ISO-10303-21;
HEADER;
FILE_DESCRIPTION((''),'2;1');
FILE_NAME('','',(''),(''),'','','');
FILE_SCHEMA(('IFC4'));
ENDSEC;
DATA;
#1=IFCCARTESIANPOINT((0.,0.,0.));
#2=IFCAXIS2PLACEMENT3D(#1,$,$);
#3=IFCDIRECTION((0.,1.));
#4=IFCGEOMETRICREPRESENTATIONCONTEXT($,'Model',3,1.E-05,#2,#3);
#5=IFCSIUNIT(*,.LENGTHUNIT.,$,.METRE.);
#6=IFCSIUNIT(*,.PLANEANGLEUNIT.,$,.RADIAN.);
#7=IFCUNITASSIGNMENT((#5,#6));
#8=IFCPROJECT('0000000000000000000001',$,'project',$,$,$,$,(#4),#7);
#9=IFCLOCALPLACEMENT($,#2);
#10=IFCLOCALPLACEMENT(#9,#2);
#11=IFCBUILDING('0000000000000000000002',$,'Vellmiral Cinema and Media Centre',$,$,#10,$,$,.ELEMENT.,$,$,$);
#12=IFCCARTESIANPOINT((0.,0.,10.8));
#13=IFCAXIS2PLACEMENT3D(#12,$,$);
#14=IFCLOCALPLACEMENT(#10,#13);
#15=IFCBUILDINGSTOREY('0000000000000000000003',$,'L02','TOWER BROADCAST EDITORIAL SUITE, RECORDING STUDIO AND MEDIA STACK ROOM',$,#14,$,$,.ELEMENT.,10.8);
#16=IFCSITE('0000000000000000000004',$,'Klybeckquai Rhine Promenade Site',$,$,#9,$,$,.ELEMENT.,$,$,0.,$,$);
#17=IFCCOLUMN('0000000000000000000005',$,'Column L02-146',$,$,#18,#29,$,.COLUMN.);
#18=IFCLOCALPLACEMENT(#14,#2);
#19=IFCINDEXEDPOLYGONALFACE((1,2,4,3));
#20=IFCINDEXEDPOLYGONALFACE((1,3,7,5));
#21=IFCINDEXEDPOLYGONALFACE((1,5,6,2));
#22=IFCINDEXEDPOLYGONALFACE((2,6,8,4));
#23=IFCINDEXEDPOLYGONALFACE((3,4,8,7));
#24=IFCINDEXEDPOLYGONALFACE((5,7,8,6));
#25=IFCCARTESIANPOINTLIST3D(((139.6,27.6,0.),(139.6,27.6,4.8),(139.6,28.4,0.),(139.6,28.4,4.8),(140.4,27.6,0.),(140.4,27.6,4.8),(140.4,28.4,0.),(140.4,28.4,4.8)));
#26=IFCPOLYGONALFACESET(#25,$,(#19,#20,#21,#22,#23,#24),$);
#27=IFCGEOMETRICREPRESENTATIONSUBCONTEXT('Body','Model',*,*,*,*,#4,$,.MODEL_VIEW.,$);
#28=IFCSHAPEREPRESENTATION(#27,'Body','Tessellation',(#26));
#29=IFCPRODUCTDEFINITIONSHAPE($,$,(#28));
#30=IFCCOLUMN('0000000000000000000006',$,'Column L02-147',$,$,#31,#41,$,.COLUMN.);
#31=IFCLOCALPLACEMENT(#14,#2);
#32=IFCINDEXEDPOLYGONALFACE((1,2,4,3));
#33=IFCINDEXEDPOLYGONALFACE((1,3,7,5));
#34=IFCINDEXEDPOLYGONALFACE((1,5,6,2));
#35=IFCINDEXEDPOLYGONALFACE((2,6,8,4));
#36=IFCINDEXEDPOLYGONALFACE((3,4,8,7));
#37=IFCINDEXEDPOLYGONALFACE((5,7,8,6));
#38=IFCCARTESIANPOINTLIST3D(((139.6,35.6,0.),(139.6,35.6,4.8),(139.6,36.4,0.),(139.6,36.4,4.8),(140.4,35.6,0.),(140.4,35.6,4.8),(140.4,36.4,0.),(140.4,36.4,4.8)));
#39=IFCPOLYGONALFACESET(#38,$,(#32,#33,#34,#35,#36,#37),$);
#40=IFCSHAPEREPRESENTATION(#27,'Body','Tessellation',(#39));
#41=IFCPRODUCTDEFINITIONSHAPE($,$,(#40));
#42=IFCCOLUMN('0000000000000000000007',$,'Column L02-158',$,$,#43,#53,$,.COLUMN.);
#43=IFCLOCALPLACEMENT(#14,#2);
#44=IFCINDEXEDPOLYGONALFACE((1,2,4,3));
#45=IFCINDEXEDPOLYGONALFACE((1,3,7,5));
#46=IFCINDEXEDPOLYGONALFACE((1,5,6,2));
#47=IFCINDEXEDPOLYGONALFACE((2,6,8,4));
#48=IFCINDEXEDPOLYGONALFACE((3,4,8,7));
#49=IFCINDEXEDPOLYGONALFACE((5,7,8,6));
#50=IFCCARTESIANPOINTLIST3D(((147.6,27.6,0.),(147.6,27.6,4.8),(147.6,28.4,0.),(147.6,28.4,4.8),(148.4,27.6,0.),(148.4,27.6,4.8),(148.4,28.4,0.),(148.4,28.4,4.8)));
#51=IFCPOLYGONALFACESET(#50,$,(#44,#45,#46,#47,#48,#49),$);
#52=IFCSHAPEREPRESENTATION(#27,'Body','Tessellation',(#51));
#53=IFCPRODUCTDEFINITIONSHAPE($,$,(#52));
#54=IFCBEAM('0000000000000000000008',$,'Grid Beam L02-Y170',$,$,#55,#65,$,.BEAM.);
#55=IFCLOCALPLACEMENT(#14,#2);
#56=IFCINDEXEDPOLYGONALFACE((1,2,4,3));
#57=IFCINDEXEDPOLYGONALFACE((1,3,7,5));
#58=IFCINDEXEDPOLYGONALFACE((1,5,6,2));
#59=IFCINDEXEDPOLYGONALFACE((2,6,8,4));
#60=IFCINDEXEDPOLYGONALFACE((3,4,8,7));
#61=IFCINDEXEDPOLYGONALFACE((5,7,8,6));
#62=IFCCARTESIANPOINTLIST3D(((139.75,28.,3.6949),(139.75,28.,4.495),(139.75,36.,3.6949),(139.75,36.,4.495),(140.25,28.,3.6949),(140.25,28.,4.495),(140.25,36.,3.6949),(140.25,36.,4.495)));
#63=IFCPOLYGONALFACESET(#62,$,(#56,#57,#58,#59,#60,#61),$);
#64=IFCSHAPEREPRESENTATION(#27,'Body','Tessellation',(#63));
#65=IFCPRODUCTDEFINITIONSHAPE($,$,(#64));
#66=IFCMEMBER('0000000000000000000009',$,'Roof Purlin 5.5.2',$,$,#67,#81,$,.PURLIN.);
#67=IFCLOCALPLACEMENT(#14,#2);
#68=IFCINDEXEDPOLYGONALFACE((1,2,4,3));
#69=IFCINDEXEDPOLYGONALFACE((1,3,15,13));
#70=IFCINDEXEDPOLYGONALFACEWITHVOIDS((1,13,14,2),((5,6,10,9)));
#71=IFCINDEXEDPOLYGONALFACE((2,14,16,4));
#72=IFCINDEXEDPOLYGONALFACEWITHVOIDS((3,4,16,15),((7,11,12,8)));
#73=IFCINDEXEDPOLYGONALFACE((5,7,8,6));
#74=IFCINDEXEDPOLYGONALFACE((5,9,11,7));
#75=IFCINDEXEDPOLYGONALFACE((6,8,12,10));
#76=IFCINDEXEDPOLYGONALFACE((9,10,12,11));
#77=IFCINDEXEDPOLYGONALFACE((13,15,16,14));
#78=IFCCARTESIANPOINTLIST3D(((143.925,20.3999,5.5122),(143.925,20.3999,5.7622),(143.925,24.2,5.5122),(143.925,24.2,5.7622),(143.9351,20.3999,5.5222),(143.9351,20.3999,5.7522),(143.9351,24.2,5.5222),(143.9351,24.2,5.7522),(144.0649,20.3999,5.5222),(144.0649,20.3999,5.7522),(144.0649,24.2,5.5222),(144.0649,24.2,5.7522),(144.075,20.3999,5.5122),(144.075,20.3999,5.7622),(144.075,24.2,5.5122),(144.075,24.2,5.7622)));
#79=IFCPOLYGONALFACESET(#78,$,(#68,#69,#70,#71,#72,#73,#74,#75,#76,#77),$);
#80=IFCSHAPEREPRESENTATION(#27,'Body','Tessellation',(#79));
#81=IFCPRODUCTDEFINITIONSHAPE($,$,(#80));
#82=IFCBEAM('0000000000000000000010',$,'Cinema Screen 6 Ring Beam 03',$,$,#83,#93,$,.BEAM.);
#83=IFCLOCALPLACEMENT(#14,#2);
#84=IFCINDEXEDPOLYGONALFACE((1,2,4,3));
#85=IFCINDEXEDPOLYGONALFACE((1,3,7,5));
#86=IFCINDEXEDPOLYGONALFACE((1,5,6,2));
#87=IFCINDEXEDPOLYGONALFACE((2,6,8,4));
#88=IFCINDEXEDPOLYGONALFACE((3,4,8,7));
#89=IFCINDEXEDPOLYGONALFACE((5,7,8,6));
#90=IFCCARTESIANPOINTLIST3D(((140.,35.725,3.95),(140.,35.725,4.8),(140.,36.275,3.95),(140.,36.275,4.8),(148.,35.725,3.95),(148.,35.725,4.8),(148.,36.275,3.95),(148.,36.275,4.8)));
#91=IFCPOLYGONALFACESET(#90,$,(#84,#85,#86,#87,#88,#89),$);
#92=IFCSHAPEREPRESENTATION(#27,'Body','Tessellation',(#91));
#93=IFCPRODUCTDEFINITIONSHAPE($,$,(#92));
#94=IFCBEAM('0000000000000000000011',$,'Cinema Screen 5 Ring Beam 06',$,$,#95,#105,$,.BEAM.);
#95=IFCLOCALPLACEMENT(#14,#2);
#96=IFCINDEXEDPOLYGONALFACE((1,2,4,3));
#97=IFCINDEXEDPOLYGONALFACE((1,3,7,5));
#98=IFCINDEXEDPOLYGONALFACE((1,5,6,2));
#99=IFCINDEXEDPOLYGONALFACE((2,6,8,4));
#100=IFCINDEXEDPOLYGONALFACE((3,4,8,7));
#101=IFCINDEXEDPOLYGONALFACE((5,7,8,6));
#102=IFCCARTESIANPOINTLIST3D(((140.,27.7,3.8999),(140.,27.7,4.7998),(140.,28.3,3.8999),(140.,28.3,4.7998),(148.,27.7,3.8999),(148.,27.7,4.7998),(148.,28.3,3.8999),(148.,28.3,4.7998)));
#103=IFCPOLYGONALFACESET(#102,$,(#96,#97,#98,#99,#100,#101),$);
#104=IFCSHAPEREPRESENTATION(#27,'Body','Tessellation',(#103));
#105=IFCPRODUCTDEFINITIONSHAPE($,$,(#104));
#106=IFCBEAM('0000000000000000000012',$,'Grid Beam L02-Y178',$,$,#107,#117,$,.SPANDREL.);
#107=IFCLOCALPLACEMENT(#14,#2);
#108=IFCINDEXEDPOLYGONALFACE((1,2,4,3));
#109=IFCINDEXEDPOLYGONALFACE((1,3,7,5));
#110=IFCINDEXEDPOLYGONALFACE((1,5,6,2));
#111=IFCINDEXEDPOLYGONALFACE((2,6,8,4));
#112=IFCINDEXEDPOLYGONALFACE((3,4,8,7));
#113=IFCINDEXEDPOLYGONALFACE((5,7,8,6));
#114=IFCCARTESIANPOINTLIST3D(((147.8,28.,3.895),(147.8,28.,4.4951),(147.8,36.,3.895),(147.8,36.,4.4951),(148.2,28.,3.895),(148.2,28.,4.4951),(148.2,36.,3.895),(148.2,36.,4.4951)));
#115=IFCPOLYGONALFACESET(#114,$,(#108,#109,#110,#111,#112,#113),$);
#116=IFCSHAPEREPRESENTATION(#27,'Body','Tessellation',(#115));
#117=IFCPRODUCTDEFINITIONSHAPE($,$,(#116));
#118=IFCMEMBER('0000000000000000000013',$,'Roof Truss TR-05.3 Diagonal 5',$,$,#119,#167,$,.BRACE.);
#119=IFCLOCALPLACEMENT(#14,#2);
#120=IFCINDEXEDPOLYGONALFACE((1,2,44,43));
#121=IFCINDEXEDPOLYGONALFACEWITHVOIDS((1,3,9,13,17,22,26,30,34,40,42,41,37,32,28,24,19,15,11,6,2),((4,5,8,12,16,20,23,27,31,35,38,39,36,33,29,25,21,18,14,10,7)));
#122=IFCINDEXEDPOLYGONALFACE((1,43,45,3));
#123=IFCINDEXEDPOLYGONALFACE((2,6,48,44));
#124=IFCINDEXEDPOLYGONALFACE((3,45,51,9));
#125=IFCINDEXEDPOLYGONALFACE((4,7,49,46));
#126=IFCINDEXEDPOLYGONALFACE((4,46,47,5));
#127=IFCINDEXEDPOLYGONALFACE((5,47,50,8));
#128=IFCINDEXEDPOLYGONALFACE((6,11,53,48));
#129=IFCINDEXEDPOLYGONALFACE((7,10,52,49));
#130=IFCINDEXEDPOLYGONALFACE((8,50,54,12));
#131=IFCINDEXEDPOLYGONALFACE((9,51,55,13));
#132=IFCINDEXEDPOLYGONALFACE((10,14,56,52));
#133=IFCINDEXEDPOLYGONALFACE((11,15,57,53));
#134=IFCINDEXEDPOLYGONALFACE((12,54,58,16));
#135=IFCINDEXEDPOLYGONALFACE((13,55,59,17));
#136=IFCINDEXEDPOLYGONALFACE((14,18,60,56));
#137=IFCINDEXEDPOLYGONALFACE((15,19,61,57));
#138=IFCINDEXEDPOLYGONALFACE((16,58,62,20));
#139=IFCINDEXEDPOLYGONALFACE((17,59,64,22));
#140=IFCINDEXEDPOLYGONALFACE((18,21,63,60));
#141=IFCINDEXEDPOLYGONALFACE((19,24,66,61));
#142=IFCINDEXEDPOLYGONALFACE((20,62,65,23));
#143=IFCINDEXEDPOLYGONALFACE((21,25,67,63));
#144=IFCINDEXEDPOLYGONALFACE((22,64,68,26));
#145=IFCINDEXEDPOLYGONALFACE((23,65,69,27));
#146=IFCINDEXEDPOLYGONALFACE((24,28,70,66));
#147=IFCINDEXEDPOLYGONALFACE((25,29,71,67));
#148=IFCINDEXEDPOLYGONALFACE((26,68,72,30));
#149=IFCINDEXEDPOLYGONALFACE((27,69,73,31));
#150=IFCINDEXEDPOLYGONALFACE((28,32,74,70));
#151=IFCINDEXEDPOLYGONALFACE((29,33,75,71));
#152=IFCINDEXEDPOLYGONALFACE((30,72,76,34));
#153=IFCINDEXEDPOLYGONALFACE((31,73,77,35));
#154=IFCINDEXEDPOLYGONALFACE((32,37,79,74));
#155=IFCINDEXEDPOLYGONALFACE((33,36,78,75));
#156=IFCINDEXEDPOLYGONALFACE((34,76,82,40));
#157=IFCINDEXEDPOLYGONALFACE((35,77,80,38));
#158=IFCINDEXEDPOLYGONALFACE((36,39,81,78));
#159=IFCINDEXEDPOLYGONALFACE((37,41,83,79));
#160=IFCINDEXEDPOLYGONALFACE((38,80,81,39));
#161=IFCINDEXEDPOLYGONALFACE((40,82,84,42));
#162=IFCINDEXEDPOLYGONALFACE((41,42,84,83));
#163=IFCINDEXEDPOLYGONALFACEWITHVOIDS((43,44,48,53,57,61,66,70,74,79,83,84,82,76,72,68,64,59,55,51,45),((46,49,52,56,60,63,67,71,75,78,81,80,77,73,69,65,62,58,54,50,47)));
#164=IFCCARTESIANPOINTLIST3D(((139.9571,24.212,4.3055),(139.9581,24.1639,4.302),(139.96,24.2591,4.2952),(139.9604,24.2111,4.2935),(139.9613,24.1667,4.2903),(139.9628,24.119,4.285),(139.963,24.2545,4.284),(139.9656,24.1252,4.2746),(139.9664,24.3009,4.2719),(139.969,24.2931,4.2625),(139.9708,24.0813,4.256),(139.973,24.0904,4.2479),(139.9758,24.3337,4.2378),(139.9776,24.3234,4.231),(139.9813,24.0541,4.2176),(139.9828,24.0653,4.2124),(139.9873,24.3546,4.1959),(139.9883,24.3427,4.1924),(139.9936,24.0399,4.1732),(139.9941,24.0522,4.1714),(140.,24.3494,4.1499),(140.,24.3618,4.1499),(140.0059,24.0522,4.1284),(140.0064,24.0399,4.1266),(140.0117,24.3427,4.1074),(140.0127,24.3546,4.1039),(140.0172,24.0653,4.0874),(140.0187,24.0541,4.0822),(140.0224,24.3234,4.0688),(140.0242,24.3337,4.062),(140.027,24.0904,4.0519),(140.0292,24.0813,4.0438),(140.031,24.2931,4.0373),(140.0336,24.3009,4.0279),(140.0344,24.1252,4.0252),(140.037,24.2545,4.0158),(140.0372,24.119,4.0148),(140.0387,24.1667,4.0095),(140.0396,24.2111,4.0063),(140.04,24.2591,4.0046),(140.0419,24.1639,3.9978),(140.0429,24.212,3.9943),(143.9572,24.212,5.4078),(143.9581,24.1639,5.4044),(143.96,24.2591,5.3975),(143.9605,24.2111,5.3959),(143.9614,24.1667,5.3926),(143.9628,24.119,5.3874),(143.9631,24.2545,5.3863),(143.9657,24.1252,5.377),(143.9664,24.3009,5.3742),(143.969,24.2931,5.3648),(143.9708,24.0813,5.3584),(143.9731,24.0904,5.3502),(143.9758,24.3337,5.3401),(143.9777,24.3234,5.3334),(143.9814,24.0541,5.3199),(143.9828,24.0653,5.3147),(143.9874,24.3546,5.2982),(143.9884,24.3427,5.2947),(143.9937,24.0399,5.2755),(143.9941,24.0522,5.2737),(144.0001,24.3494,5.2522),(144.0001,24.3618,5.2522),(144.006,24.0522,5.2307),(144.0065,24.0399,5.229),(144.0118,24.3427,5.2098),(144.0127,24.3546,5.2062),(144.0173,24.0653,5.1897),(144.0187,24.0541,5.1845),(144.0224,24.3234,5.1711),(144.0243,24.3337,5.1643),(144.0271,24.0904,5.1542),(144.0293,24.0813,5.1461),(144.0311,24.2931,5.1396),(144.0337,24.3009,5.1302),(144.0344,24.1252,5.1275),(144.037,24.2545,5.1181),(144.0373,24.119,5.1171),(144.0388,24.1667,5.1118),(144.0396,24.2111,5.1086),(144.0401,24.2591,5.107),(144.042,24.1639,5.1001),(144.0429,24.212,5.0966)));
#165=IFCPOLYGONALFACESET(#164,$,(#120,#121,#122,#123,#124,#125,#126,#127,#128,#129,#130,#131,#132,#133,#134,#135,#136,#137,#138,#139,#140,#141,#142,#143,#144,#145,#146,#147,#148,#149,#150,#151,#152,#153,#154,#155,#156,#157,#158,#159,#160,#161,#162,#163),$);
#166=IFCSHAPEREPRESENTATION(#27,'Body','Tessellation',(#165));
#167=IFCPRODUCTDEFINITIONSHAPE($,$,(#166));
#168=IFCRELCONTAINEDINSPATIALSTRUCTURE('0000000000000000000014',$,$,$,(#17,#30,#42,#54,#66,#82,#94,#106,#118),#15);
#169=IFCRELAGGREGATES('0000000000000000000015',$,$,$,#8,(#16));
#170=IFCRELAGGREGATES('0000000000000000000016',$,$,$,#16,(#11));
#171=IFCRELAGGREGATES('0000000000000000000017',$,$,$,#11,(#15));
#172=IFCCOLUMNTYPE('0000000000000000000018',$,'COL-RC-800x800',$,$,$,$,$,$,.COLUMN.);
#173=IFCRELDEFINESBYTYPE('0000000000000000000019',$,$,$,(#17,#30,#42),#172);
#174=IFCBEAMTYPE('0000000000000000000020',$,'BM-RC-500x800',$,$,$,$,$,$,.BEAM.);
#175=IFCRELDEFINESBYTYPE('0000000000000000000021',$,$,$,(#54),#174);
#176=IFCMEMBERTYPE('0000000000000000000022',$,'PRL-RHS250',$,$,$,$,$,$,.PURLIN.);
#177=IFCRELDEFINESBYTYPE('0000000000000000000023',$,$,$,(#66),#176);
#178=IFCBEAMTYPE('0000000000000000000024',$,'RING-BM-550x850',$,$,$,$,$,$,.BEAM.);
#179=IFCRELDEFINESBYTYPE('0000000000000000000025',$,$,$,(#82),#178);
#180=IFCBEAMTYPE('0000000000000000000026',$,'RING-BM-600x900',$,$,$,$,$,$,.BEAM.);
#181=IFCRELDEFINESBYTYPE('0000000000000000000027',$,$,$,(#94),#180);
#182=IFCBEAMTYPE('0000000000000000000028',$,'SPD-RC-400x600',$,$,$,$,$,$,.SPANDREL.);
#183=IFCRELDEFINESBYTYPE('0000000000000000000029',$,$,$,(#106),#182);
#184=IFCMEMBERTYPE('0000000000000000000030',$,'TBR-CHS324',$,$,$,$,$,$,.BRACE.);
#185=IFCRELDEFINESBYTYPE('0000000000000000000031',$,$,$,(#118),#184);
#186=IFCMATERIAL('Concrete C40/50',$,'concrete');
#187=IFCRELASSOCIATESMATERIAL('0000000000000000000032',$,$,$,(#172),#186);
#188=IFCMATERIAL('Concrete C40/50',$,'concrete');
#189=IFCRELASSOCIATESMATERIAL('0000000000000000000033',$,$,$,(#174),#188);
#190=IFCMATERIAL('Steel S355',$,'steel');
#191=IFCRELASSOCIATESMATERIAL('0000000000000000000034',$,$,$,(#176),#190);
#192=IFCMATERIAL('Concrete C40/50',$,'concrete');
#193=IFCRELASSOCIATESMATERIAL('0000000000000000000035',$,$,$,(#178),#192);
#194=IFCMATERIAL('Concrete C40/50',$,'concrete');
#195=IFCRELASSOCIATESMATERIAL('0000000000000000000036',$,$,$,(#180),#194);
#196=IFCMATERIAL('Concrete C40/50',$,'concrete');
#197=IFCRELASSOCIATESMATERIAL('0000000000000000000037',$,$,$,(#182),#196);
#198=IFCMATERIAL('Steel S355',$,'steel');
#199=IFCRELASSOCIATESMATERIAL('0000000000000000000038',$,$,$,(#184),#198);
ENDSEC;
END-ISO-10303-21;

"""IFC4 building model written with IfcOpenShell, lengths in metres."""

from ifc_helpers import new_model, si_unit, direction, frame, origin, origin_2d, place, context, subcontext, project, spatial, rectangle, hollow_rectangle, hollow_circle, extrude, material, material_profile, profile_set, type_object, element, save


model = new_model("IFC4")

# Units and contexts
model_context = context("Model", 3, precision=1e-05, world=origin(), true_north=direction((0.0, 1.0)))
body_context = subcontext(model_context, "Body", "Model", "MODEL_VIEW")
ifc_project = project(units=[si_unit("LENGTHUNIT", "METRE"), si_unit("PLANEANGLEUNIT", "RADIAN")], contexts=[model_context])

# Site, building, storey
site_placement = place(None, origin())
site = spatial("IfcSite", under=ifc_project, at=site_placement, Name="Klybeckquai Rhine Promenade Site", CompositionType="ELEMENT", RefElevation=0.0)
building_placement = place(site_placement, origin())
building = spatial("IfcBuilding", under=site, at=building_placement, Name="Vellmiral Cinema and Media Centre", CompositionType="ELEMENT")
storey_placement = place(building_placement, frame((0.0, 0.0, 10.8)))
storey = spatial("IfcBuildingStorey", under=building, at=storey_placement, Name="L02", Description="TOWER BROADCAST EDITORIAL SUITE, RECORDING STUDIO AND MEDIA STACK ROOM", CompositionType="ELEMENT", Elevation=10.8)

# Columns
ifc_material_1 = material(Name="Concrete C40/50", Category="concrete")
ifc_material_profile_1 = material_profile(ifc_material_1, rectangle(XDim=0.8, YDim=0.8, at=origin_2d()), Name="RC 800x800")
ifc_profile_set_1 = profile_set([ifc_material_profile_1], Name="Concrete C40/50")
column_type = type_object("IfcColumnType", Name="COL-RC-800x800", PredefinedType="COLUMN", material=ifc_profile_set_1)
for number, where, z_axis, x_axis, name in (
    (1, (140.0, 28.0, 0.0), (0.0, 0.0, 1.0), (1.0, 0.0, 0.0), "Column L02-146"),
    (2, (140.0, 36.0, 0.0), (0.0, 0.0, 1.0), (1.0, 0.0, 0.0), "Column L02-147"),
    (3, (148.0, 28.0, 0.0), (0.0, 0.0, 1.0), (1.0, 0.0, 0.0), "Column L02-158"),
):
    element("IfcColumn", number, at=place(storey_placement, frame(where, z_axis=z_axis, x_axis=x_axis)), inside=storey, type_object=column_type, Name=name, PredefinedType="COLUMN", context=body_context, shape_type="SweptSolid", body=[
        extrude(rectangle(XDim=0.8, YDim=0.8, at=origin_2d()), origin(), (0.0, 0.0, 1.0), 4.8),
    ])

# Beam
ifc_material_2 = material(Name="Concrete C40/50", Category="concrete")
ifc_material_profile_2 = material_profile(ifc_material_2, rectangle(XDim=0.5, YDim=0.8, at=origin_2d()), Name="RC 500x800")
ifc_profile_set_2 = profile_set([ifc_material_profile_2], Name="Concrete C40/50")
beam_type_1 = type_object("IfcBeamType", Name="BM-RC-500x800", PredefinedType="BEAM", material=ifc_profile_set_2)
beam_1_placement = place(storey_placement, frame((140.0, 28.0, 4.095), z_axis=(0.0, 1.0, 0.0), x_axis=(-1.0, 0.0, 0.0)))
element("IfcBeam", 4, at=beam_1_placement, inside=storey, type_object=beam_type_1, Name="Grid Beam L02-Y170", PredefinedType="BEAM", context=body_context, shape_type="SweptSolid", body=[
    extrude(rectangle(XDim=0.5, YDim=0.8, at=origin_2d()), origin(), (0.0, 0.0, 1.0), 8.0),
])

# Member
ifc_material_3 = material(Name="Steel S355", Category="steel")
ifc_material_profile_3 = material_profile(ifc_material_3, hollow_rectangle(XDim=0.1499, YDim=0.25, WallThickness=0.01, at=origin_2d()), Name="RHS 250x150x10.0")
ifc_profile_set_3 = profile_set([ifc_material_profile_3], Name="Steel S355")
member_type_1 = type_object("IfcMemberType", Name="PRL-RHS250", PredefinedType="PURLIN", material=ifc_profile_set_3)
member_1_placement = place(storey_placement, frame((144.0, 20.3999, 5.6372), z_axis=(0.0, 1.0, 0.0), x_axis=(-1.0, 0.0, 0.0)))
element("IfcMember", 5, at=member_1_placement, inside=storey, type_object=member_type_1, Name="Roof Purlin 5.5.2", PredefinedType="PURLIN", context=body_context, shape_type="SweptSolid", body=[
    extrude(hollow_rectangle(XDim=0.1499, YDim=0.25, WallThickness=0.01, at=origin_2d()), origin(), (0.0, 0.0, 1.0), 3.8),
])

# Beams
ifc_material_4 = material(Name="Concrete C40/50", Category="concrete")
ifc_material_profile_4 = material_profile(ifc_material_4, rectangle(XDim=0.55, YDim=0.8501, at=origin_2d()), Name="RC 550x850")
ifc_profile_set_4 = profile_set([ifc_material_profile_4], Name="Concrete C40/50")
beam_type_2 = type_object("IfcBeamType", Name="RING-BM-550x850", PredefinedType="BEAM", material=ifc_profile_set_4)
beam_2_placement = place(storey_placement, frame((140.0, 36.0, 4.375), z_axis=(1.0, 0.0, 0.0), x_axis=(0.0, 1.0, 0.0)))
element("IfcBeam", 6, at=beam_2_placement, inside=storey, type_object=beam_type_2, Name="Cinema Screen 6 Ring Beam 03", PredefinedType="BEAM", context=body_context, shape_type="SweptSolid", body=[
    extrude(rectangle(XDim=0.55, YDim=0.8501, at=origin_2d()), origin(), (0.0, 0.0, 1.0), 8.0),
])
ifc_material_5 = material(Name="Concrete C40/50", Category="concrete")
ifc_material_profile_5 = material_profile(ifc_material_5, rectangle(XDim=0.6001, YDim=0.8999, at=origin_2d()), Name="RC 600x900")
ifc_profile_set_5 = profile_set([ifc_material_profile_5], Name="Concrete C40/50")
beam_type_3 = type_object("IfcBeamType", Name="RING-BM-600x900", PredefinedType="BEAM", material=ifc_profile_set_5)
beam_3_placement = place(storey_placement, frame((140.0, 28.0, 4.3499), z_axis=(1.0, 0.0, 0.0), x_axis=(0.0, 1.0, 0.0)))
element("IfcBeam", 7, at=beam_3_placement, inside=storey, type_object=beam_type_3, Name="Cinema Screen 5 Ring Beam 06", PredefinedType="BEAM", context=body_context, shape_type="SweptSolid", body=[
    extrude(rectangle(XDim=0.6001, YDim=0.8999, at=origin_2d()), origin(), (0.0, 0.0, 1.0), 8.0),
])
ifc_material_6 = material(Name="Concrete C40/50", Category="concrete")
ifc_material_profile_6 = material_profile(ifc_material_6, rectangle(XDim=0.3999, YDim=0.6001, at=origin_2d()), Name="RC 400x600")
ifc_profile_set_6 = profile_set([ifc_material_profile_6], Name="Concrete C40/50")
beam_type_4 = type_object("IfcBeamType", Name="SPD-RC-400x600", PredefinedType="SPANDREL", material=ifc_profile_set_6)
beam_4_placement = place(storey_placement, frame((148.0, 28.0, 4.1951), z_axis=(0.0, 1.0, 0.0), x_axis=(-1.0, 0.0, 0.0)))
element("IfcBeam", 8, at=beam_4_placement, inside=storey, type_object=beam_type_4, Name="Grid Beam L02-Y178", PredefinedType="SPANDREL", context=body_context, shape_type="SweptSolid", body=[
    extrude(rectangle(XDim=0.3999, YDim=0.6001, at=origin_2d()), origin(), (0.0, 0.0, 1.0), 8.0),
])

# Member
ifc_material_7 = material(Name="Steel S355", Category="steel")
ifc_material_profile_7 = material_profile(ifc_material_7, hollow_circle(Radius=0.1619, WallThickness=0.0125, at=origin_2d()), Name="CHS 323.9x12.5")
ifc_profile_set_7 = profile_set([ifc_material_profile_7], Name="Steel S355")
member_type_2 = type_object("IfcMemberType", Name="TBR-CHS324", PredefinedType="BRACE", material=ifc_profile_set_7)
member_2_placement = place(storey_placement, frame((140.0, 24.2, 4.1499), z_axis=(0.964064, 0.0, 0.265671), x_axis=(0.0, 1.0, 0.0)))
element("IfcMember", 9, at=member_2_placement, inside=storey, type_object=member_type_2, Name="Roof Truss TR-05.3 Diagonal 5", PredefinedType="BRACE", context=body_context, shape_type="SweptSolid", body=[
    extrude(hollow_circle(Radius=0.1619, WallThickness=0.0125, at=origin_2d()), origin(), (0.0, 0.0, 1.0), 4.1492),
])

save(model, "model.ifc")
